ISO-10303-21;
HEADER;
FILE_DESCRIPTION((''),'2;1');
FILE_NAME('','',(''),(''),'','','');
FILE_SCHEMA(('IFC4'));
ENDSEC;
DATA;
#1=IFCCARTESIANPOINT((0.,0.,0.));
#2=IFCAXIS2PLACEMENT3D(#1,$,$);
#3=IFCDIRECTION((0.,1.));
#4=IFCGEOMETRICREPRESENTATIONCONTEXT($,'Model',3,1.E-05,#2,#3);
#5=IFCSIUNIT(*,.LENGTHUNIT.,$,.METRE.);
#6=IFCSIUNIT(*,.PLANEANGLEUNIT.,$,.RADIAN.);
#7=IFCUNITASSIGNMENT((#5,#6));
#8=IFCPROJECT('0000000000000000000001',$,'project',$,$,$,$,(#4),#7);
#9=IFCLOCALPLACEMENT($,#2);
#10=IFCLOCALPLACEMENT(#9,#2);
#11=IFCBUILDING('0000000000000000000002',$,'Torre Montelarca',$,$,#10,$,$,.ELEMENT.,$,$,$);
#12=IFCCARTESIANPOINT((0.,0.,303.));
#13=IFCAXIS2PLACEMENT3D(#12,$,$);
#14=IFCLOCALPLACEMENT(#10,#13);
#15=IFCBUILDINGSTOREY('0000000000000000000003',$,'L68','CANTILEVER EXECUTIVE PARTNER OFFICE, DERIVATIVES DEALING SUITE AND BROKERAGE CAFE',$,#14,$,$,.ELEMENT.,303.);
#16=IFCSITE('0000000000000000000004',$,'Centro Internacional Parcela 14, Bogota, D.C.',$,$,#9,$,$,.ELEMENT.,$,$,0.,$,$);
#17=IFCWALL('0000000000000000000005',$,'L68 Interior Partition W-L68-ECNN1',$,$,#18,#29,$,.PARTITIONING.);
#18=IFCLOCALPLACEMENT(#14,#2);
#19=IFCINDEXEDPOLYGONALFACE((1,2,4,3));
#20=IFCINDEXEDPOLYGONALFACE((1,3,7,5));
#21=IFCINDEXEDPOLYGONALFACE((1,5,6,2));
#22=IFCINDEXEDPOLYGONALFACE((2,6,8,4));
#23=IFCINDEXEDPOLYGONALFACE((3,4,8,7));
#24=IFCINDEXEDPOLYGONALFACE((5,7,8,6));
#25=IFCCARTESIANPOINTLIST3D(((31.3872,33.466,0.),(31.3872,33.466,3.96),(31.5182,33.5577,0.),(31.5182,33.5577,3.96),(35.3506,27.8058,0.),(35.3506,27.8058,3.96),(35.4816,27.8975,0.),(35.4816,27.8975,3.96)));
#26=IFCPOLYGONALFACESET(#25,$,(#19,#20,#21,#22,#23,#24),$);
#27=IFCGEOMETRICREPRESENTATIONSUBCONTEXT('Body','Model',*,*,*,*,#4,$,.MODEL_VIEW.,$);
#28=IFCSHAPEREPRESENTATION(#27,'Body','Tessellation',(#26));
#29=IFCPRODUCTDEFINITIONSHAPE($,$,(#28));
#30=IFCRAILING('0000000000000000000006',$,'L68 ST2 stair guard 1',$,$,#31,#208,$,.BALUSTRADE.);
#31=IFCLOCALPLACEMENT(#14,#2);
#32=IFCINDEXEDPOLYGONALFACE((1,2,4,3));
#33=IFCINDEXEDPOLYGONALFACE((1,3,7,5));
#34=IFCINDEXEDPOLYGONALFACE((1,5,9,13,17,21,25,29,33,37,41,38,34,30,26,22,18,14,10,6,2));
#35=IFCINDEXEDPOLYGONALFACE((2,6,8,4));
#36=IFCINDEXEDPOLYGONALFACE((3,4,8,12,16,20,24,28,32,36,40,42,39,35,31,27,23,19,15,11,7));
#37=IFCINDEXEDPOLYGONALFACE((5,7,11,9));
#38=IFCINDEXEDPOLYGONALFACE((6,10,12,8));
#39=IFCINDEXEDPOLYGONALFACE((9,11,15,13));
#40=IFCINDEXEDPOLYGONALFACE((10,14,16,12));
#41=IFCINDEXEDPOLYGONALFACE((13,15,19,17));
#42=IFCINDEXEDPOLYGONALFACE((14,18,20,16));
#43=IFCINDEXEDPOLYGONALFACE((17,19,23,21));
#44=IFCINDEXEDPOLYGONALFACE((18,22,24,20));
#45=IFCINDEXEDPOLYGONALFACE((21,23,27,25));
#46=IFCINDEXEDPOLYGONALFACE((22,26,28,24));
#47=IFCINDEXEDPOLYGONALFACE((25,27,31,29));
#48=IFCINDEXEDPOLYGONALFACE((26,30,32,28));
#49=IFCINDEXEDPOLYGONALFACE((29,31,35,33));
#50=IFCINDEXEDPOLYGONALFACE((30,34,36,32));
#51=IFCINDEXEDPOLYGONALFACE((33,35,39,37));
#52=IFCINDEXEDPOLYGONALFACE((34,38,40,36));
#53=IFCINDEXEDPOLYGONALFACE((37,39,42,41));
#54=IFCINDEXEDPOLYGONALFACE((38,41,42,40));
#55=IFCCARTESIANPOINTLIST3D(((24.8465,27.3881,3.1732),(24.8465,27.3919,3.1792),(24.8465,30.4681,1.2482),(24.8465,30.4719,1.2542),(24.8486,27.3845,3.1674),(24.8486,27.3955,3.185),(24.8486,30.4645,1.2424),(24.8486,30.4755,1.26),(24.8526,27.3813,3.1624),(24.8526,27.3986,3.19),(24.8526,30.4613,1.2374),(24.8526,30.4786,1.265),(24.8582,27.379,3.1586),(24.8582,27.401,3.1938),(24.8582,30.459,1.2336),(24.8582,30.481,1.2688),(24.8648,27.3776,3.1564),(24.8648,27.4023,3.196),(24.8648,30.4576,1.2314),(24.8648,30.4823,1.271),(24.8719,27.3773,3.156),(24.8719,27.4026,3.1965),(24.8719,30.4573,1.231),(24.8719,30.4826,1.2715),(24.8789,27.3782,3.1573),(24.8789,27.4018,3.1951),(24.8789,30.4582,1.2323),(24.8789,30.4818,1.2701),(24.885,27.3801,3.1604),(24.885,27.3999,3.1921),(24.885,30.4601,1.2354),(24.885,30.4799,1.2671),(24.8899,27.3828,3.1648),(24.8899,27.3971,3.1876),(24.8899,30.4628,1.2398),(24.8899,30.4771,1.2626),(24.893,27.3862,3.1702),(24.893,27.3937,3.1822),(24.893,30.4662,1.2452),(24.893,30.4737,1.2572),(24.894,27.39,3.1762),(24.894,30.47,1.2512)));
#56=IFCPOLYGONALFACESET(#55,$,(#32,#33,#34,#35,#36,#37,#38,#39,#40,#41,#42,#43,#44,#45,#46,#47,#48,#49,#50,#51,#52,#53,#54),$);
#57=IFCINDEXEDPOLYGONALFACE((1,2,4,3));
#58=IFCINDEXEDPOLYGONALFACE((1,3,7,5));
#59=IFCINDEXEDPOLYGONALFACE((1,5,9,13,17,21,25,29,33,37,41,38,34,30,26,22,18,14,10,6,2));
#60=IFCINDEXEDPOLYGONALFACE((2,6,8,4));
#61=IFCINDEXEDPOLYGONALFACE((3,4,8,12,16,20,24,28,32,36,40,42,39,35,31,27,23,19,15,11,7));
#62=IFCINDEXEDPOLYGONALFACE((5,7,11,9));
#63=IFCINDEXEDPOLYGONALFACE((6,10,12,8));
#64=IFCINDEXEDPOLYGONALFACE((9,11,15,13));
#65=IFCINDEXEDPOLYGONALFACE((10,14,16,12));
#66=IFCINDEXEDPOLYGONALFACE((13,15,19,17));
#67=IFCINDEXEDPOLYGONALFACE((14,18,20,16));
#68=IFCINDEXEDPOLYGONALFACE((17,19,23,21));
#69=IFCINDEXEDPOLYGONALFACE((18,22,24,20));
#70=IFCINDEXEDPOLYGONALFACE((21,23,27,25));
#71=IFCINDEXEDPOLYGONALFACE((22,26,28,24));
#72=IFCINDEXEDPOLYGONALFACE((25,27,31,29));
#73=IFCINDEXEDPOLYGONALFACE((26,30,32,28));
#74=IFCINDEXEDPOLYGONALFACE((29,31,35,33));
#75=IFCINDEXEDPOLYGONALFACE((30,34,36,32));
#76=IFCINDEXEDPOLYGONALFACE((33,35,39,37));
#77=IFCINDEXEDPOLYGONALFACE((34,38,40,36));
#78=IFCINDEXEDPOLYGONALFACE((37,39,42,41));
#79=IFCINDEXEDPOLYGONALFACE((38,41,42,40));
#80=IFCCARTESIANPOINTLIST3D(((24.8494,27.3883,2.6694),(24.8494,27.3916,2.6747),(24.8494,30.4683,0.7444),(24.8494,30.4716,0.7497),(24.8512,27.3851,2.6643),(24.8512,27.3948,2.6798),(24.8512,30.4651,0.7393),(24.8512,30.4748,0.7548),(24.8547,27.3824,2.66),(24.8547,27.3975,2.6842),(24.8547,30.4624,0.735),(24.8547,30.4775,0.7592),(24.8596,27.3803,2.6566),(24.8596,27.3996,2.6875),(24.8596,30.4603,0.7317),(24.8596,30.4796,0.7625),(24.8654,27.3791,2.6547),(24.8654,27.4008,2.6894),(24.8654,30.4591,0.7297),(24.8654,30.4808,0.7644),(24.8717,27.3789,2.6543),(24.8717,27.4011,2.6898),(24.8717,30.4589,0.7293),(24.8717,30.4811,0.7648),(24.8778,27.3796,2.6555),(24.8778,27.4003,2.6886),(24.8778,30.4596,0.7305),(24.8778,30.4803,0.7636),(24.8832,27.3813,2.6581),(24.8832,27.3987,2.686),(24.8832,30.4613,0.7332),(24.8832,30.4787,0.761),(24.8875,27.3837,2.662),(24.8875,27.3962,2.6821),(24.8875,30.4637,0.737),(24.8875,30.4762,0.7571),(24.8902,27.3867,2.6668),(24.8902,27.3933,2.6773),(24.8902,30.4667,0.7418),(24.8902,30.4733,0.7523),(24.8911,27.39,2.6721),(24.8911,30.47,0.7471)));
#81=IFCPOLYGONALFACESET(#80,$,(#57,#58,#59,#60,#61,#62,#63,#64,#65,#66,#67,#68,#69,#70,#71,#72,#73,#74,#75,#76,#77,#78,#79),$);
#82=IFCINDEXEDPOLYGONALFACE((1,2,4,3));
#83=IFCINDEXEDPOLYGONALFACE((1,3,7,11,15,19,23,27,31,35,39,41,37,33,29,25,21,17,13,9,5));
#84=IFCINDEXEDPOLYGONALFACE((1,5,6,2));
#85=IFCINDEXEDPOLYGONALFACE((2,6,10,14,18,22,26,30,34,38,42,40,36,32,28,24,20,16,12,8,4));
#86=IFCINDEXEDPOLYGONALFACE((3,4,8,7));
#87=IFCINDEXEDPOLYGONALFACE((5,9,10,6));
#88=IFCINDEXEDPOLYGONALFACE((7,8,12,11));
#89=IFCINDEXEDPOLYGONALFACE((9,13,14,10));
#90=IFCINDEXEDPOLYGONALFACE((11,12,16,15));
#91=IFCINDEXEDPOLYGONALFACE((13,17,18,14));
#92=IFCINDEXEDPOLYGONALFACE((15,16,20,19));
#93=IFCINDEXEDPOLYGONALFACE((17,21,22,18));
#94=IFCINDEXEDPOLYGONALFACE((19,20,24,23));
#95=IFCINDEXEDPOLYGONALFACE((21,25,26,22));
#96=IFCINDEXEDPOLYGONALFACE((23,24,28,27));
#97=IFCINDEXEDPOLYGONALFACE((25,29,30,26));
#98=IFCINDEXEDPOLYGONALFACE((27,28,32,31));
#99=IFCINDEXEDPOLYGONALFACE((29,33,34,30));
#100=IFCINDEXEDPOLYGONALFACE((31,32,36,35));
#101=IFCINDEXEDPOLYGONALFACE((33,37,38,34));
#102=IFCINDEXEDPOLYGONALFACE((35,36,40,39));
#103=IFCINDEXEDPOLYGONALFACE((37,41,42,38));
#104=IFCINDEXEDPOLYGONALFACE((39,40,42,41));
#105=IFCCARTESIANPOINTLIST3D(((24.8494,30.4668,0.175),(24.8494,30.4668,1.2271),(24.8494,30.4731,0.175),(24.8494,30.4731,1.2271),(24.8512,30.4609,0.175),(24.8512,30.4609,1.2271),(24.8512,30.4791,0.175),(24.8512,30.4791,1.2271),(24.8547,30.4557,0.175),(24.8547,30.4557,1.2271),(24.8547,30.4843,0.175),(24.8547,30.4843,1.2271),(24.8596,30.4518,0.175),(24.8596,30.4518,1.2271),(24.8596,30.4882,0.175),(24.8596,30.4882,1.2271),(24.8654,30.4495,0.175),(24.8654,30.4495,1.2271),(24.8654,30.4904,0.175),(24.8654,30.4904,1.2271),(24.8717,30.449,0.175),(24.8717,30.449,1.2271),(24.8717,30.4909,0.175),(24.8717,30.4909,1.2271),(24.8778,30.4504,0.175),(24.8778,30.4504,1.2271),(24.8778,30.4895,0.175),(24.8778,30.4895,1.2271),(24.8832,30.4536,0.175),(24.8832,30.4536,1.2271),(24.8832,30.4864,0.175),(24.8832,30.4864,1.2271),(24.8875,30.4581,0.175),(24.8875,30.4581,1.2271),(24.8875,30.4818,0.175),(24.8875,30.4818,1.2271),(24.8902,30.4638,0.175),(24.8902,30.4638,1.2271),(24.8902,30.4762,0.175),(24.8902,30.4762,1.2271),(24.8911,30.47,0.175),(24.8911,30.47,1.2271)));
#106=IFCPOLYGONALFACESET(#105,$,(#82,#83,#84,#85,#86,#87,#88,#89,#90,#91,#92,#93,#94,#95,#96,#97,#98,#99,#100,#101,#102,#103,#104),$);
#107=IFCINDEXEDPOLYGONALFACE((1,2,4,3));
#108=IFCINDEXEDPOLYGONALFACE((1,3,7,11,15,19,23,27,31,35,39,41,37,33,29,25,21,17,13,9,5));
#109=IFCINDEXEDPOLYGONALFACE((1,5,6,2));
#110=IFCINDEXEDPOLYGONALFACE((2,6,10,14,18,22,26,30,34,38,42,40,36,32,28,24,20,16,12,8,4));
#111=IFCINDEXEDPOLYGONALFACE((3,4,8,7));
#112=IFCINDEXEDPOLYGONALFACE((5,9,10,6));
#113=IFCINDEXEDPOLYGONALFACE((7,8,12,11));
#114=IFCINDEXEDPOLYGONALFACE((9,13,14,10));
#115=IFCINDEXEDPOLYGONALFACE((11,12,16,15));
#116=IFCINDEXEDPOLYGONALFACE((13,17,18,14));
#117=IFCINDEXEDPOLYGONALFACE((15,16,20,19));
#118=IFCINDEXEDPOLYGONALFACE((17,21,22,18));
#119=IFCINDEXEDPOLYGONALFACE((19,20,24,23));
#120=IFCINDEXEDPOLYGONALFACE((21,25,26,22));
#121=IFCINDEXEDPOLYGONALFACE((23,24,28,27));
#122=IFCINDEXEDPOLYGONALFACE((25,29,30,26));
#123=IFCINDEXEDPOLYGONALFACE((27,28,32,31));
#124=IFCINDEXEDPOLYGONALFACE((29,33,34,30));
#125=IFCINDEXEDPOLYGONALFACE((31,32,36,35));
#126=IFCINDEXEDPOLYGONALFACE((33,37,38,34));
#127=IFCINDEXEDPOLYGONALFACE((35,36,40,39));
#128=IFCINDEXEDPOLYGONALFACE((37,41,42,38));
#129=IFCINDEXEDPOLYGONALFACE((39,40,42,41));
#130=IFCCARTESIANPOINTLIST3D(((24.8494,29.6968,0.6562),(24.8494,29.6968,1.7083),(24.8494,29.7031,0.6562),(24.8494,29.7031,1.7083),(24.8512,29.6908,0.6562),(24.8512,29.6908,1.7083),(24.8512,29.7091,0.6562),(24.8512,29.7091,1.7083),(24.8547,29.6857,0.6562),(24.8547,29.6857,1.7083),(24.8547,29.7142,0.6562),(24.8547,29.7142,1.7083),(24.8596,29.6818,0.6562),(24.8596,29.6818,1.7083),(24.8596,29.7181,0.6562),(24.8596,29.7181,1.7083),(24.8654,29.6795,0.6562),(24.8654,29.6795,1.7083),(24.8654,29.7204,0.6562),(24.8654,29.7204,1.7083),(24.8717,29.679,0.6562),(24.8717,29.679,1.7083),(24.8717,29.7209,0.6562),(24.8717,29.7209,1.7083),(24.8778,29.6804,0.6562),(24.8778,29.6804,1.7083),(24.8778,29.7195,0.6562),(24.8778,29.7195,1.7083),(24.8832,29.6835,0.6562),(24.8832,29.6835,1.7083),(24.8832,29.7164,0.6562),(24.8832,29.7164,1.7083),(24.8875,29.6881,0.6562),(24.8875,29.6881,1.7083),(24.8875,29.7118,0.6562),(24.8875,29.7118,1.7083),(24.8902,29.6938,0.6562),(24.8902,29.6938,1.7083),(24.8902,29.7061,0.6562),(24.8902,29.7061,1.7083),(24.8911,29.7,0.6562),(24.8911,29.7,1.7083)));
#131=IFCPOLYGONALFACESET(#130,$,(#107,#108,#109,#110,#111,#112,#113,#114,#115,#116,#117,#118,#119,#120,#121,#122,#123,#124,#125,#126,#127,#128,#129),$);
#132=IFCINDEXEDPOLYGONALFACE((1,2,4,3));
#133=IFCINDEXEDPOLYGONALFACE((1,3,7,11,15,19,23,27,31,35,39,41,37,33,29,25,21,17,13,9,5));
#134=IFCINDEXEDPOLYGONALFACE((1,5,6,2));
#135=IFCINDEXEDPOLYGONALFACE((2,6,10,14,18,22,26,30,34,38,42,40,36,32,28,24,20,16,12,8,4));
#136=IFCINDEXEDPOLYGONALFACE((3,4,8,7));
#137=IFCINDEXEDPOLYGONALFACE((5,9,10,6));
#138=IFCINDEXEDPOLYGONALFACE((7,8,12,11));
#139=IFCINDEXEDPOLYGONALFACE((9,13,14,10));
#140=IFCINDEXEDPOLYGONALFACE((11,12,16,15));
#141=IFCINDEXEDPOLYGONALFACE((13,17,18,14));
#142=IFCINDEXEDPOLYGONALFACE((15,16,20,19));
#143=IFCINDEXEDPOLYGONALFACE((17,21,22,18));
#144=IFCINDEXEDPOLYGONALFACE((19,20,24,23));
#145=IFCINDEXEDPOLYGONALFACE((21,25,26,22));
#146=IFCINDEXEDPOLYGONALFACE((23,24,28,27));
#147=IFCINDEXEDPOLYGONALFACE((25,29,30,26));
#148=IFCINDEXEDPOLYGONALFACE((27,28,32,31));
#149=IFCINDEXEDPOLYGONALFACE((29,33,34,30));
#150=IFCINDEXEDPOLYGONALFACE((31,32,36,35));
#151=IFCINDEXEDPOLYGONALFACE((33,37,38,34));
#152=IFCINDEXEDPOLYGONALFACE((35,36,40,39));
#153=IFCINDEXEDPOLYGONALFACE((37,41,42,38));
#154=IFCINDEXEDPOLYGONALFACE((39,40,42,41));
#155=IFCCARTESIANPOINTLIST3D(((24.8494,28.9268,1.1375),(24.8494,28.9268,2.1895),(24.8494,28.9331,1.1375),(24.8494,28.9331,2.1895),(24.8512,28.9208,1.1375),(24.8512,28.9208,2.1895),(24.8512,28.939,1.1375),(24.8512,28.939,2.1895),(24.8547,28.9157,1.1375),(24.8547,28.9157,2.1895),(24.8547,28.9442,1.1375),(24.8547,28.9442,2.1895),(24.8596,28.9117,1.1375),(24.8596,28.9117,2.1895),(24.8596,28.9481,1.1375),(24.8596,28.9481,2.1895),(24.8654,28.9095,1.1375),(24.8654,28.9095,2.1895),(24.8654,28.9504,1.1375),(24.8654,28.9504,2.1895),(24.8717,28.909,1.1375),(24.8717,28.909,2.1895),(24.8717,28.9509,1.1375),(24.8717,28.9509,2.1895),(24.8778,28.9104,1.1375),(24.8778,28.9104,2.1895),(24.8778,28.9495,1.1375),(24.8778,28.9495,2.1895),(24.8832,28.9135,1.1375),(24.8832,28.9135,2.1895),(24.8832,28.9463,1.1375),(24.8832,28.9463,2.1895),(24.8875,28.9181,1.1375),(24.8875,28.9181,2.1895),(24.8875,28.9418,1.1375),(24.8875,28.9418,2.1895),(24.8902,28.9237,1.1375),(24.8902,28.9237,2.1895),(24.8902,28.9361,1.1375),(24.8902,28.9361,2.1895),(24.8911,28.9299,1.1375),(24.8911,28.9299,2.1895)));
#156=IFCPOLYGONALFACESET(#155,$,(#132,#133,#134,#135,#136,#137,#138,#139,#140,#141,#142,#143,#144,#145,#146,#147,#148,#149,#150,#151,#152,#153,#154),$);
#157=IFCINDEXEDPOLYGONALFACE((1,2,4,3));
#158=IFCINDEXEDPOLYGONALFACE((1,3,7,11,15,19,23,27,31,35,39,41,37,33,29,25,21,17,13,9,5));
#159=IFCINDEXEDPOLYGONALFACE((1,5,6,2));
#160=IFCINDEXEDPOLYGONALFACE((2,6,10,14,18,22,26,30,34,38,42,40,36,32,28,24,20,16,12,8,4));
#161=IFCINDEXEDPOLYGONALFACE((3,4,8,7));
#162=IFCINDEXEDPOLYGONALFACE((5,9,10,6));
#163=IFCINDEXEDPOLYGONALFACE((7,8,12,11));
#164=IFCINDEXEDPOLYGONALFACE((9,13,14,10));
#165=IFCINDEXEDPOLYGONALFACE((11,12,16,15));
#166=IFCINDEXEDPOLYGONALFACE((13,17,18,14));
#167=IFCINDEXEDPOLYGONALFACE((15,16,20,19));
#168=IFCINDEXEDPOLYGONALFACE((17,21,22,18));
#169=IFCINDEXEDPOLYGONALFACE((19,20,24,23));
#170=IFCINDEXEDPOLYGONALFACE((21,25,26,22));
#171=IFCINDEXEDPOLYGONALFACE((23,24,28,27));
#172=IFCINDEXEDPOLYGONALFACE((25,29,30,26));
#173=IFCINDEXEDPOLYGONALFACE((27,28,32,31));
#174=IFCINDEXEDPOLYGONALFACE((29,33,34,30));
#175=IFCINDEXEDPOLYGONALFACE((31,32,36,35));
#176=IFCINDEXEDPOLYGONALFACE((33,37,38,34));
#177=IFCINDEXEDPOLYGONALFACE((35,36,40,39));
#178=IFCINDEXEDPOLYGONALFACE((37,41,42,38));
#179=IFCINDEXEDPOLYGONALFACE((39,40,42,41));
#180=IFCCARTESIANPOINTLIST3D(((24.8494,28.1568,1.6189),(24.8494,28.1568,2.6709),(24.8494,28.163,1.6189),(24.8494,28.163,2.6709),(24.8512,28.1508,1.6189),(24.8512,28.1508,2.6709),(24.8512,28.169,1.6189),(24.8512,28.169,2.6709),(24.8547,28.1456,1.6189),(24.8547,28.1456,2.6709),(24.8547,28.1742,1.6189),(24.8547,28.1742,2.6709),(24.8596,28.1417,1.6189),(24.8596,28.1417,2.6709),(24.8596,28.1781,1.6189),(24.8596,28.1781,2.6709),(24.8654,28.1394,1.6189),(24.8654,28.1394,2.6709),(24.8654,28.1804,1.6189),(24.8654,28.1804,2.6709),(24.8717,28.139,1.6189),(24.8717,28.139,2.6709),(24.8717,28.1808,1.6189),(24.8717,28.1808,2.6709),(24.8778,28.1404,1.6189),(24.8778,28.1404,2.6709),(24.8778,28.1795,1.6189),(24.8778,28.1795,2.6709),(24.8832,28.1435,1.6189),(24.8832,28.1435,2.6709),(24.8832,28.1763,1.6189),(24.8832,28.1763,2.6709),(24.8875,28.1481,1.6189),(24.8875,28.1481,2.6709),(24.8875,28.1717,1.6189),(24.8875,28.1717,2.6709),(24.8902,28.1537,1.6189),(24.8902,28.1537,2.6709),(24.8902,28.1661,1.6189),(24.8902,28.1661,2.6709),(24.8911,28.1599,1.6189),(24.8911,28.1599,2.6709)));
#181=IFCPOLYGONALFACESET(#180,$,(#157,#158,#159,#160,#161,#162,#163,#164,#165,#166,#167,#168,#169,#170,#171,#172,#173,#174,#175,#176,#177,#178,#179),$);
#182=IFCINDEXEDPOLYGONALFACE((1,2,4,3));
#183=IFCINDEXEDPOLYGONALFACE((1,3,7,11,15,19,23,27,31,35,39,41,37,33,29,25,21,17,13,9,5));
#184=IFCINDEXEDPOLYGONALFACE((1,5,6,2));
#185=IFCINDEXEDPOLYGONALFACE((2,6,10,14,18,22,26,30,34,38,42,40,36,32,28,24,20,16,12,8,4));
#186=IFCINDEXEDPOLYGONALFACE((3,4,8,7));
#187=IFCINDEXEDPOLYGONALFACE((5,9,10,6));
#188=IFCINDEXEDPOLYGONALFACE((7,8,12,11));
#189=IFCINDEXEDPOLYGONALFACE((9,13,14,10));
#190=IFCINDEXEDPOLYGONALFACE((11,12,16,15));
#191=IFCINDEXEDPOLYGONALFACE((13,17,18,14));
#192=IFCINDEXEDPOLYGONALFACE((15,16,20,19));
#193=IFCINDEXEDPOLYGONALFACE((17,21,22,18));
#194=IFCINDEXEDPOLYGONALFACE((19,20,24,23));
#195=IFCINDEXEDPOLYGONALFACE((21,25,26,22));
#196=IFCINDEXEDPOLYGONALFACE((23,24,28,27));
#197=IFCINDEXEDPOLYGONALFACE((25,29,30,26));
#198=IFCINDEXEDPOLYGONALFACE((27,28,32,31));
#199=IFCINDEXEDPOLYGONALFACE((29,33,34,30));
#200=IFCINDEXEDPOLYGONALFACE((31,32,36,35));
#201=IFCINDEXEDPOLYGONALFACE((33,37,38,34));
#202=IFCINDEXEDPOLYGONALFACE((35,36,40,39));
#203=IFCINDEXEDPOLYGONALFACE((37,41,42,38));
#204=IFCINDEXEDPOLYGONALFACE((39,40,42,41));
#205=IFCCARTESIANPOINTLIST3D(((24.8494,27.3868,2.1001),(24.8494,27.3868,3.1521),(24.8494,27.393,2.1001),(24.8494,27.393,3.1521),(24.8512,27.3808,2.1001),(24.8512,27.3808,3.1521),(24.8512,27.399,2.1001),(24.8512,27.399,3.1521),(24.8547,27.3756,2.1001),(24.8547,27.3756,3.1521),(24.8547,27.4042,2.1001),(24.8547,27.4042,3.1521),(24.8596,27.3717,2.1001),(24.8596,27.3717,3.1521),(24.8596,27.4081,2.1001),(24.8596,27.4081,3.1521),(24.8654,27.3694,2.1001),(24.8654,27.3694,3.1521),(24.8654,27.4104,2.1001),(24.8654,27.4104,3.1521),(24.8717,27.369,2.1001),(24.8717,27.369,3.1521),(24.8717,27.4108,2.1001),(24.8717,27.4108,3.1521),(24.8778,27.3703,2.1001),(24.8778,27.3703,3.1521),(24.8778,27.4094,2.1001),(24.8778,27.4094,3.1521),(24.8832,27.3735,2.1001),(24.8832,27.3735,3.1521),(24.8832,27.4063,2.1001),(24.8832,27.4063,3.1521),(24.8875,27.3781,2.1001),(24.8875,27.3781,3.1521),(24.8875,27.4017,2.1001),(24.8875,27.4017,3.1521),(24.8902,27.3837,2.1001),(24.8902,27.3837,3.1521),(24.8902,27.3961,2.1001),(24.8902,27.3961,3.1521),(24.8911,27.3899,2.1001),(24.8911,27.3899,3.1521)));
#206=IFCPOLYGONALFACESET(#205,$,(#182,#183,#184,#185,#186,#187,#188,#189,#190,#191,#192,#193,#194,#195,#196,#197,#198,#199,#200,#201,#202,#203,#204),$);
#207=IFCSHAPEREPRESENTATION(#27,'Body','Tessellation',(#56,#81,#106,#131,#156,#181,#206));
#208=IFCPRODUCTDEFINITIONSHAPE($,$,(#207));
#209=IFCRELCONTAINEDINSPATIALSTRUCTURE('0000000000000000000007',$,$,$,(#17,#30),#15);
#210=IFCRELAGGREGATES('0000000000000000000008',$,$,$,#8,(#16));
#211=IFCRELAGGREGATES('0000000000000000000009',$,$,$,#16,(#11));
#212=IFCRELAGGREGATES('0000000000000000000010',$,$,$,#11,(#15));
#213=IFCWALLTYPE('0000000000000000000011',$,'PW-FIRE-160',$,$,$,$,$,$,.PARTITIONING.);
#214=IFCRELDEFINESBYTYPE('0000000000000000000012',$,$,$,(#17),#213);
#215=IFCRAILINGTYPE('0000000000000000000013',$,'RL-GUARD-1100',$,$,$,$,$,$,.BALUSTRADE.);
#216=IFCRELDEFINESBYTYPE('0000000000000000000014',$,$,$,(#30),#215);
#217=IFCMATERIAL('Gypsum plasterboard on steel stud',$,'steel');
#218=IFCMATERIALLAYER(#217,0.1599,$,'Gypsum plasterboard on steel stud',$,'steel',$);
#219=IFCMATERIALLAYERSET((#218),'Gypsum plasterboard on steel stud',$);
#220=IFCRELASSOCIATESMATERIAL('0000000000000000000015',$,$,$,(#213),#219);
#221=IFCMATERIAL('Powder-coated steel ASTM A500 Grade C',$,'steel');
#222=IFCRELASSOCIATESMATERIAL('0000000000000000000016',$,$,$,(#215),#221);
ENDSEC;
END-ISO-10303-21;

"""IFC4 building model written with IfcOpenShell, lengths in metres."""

from ifc_helpers import new_model, si_unit, direction, frame, frame_2d, origin, origin_2d, place, context, subcontext, project, spatial, rectangle, circle, extrude, material, layer, layer_set, type_object, element, save


model = new_model("IFC4")

# Units and contexts
model_context = context("Model", 3, precision=1e-05, world=origin(), true_north=direction((0.0, 1.0)))
body_context = subcontext(model_context, "Body", "Model", "MODEL_VIEW")
ifc_project = project(units=[si_unit("LENGTHUNIT", "METRE"), si_unit("PLANEANGLEUNIT", "RADIAN")], contexts=[model_context])

# Site, building, storey
site_placement = place(None, origin())
site = spatial("IfcSite", under=ifc_project, at=site_placement, Name="Centro Internacional Parcela 14, Bogota, D.C.", CompositionType="ELEMENT", RefElevation=0.0)
building_placement = place(site_placement, origin())
building = spatial("IfcBuilding", under=site, at=building_placement, Name="Torre Montelarca", CompositionType="ELEMENT")
storey_placement = place(building_placement, frame((0.0, 0.0, 303.0)))
storey = spatial("IfcBuildingStorey", under=building, at=storey_placement, Name="L68", Description="CANTILEVER EXECUTIVE PARTNER OFFICE, DERIVATIVES DEALING SUITE AND BROKERAGE CAFE", CompositionType="ELEMENT", Elevation=303.0)

# Wall
ifc_material_1 = material(Name="Gypsum plasterboard on steel stud", Category="steel")
ifc_layer_1 = layer(ifc_material_1, 0.1599, Name="Gypsum plasterboard on steel stud", Category="steel")
ifc_layer_set_1 = layer_set([ifc_layer_1], Name="Gypsum plasterboard on steel stud")
wall_type_1 = type_object("IfcWallType", Name="PW-FIRE-160", PredefinedType="PARTITIONING", material=ifc_layer_set_1)
wall_1_placement = place(storey_placement, frame((31.4526, 33.512, 0.0), z_axis=(0.0, 0.0, 1.0), x_axis=(0.573586, -0.819146, 0.0)))
element("IfcWall", 1, at=wall_1_placement, inside=storey, type_object=wall_type_1, Name="L68 Interior Partition W-L68-ECNN1", PredefinedType="PARTITIONING", context=body_context, shape_type="SweptSolid", body=[
    extrude(rectangle(XDim=6.9099, YDim=0.1599, at=frame_2d((3.4551, 0.0))), origin(), (0.0, 0.0, 1.0), 3.96),
])

# Railing
ifc_material_2 = material(Name="Powder-coated steel ASTM A500 Grade C", Category="steel")
railing_type_1 = type_object("IfcRailingType", Name="RL-GUARD-1100", PredefinedType="BALUSTRADE", material=ifc_material_2)
railing_1_placement = place(storey_placement, frame((24.8701, 30.47, 0.175)))
element("IfcRailing", 2, at=railing_1_placement, inside=storey, type_object=railing_type_1, Name="L68 ST2 stair guard 1", PredefinedType="BALUSTRADE", context=body_context, shape_type="SweptSolid", body=[
    extrude(circle(Radius=0.0239, at=origin_2d()), frame((0.0, 0.0, 1.0762), z_axis=(0.0, -0.847998, 0.529999), x_axis=(1.0, 0.0, 0.0)), (0.0, 0.0, 1.0), 3.6321),
    extrude(circle(Radius=0.021, at=origin_2d()), frame((0.0, 0.0, 0.572), z_axis=(0.0, -0.847998, 0.529999), x_axis=(1.0, 0.0, 0.0)), (0.0, 0.0, 1.0), 3.6321),
    extrude(circle(Radius=0.021, at=origin_2d()), origin(), (0.0, 0.0, 1.0), 1.052),
    extrude(circle(Radius=0.021, at=origin_2d()), frame((0.0, -0.77, 0.4812)), (0.0, 0.0, 1.0), 1.052),
    extrude(circle(Radius=0.021, at=origin_2d()), frame((0.0, -1.54, 0.9624)), (0.0, 0.0, 1.0), 1.052),
    extrude(circle(Radius=0.021, at=origin_2d()), frame((0.0, -2.3101, 1.4438)), (0.0, 0.0, 1.0), 1.052),
    extrude(circle(Radius=0.021, at=origin_2d()), frame((0.0, -3.0801, 1.925)), (0.0, 0.0, 1.0), 1.052),
])

save(model, "model.ifc")
